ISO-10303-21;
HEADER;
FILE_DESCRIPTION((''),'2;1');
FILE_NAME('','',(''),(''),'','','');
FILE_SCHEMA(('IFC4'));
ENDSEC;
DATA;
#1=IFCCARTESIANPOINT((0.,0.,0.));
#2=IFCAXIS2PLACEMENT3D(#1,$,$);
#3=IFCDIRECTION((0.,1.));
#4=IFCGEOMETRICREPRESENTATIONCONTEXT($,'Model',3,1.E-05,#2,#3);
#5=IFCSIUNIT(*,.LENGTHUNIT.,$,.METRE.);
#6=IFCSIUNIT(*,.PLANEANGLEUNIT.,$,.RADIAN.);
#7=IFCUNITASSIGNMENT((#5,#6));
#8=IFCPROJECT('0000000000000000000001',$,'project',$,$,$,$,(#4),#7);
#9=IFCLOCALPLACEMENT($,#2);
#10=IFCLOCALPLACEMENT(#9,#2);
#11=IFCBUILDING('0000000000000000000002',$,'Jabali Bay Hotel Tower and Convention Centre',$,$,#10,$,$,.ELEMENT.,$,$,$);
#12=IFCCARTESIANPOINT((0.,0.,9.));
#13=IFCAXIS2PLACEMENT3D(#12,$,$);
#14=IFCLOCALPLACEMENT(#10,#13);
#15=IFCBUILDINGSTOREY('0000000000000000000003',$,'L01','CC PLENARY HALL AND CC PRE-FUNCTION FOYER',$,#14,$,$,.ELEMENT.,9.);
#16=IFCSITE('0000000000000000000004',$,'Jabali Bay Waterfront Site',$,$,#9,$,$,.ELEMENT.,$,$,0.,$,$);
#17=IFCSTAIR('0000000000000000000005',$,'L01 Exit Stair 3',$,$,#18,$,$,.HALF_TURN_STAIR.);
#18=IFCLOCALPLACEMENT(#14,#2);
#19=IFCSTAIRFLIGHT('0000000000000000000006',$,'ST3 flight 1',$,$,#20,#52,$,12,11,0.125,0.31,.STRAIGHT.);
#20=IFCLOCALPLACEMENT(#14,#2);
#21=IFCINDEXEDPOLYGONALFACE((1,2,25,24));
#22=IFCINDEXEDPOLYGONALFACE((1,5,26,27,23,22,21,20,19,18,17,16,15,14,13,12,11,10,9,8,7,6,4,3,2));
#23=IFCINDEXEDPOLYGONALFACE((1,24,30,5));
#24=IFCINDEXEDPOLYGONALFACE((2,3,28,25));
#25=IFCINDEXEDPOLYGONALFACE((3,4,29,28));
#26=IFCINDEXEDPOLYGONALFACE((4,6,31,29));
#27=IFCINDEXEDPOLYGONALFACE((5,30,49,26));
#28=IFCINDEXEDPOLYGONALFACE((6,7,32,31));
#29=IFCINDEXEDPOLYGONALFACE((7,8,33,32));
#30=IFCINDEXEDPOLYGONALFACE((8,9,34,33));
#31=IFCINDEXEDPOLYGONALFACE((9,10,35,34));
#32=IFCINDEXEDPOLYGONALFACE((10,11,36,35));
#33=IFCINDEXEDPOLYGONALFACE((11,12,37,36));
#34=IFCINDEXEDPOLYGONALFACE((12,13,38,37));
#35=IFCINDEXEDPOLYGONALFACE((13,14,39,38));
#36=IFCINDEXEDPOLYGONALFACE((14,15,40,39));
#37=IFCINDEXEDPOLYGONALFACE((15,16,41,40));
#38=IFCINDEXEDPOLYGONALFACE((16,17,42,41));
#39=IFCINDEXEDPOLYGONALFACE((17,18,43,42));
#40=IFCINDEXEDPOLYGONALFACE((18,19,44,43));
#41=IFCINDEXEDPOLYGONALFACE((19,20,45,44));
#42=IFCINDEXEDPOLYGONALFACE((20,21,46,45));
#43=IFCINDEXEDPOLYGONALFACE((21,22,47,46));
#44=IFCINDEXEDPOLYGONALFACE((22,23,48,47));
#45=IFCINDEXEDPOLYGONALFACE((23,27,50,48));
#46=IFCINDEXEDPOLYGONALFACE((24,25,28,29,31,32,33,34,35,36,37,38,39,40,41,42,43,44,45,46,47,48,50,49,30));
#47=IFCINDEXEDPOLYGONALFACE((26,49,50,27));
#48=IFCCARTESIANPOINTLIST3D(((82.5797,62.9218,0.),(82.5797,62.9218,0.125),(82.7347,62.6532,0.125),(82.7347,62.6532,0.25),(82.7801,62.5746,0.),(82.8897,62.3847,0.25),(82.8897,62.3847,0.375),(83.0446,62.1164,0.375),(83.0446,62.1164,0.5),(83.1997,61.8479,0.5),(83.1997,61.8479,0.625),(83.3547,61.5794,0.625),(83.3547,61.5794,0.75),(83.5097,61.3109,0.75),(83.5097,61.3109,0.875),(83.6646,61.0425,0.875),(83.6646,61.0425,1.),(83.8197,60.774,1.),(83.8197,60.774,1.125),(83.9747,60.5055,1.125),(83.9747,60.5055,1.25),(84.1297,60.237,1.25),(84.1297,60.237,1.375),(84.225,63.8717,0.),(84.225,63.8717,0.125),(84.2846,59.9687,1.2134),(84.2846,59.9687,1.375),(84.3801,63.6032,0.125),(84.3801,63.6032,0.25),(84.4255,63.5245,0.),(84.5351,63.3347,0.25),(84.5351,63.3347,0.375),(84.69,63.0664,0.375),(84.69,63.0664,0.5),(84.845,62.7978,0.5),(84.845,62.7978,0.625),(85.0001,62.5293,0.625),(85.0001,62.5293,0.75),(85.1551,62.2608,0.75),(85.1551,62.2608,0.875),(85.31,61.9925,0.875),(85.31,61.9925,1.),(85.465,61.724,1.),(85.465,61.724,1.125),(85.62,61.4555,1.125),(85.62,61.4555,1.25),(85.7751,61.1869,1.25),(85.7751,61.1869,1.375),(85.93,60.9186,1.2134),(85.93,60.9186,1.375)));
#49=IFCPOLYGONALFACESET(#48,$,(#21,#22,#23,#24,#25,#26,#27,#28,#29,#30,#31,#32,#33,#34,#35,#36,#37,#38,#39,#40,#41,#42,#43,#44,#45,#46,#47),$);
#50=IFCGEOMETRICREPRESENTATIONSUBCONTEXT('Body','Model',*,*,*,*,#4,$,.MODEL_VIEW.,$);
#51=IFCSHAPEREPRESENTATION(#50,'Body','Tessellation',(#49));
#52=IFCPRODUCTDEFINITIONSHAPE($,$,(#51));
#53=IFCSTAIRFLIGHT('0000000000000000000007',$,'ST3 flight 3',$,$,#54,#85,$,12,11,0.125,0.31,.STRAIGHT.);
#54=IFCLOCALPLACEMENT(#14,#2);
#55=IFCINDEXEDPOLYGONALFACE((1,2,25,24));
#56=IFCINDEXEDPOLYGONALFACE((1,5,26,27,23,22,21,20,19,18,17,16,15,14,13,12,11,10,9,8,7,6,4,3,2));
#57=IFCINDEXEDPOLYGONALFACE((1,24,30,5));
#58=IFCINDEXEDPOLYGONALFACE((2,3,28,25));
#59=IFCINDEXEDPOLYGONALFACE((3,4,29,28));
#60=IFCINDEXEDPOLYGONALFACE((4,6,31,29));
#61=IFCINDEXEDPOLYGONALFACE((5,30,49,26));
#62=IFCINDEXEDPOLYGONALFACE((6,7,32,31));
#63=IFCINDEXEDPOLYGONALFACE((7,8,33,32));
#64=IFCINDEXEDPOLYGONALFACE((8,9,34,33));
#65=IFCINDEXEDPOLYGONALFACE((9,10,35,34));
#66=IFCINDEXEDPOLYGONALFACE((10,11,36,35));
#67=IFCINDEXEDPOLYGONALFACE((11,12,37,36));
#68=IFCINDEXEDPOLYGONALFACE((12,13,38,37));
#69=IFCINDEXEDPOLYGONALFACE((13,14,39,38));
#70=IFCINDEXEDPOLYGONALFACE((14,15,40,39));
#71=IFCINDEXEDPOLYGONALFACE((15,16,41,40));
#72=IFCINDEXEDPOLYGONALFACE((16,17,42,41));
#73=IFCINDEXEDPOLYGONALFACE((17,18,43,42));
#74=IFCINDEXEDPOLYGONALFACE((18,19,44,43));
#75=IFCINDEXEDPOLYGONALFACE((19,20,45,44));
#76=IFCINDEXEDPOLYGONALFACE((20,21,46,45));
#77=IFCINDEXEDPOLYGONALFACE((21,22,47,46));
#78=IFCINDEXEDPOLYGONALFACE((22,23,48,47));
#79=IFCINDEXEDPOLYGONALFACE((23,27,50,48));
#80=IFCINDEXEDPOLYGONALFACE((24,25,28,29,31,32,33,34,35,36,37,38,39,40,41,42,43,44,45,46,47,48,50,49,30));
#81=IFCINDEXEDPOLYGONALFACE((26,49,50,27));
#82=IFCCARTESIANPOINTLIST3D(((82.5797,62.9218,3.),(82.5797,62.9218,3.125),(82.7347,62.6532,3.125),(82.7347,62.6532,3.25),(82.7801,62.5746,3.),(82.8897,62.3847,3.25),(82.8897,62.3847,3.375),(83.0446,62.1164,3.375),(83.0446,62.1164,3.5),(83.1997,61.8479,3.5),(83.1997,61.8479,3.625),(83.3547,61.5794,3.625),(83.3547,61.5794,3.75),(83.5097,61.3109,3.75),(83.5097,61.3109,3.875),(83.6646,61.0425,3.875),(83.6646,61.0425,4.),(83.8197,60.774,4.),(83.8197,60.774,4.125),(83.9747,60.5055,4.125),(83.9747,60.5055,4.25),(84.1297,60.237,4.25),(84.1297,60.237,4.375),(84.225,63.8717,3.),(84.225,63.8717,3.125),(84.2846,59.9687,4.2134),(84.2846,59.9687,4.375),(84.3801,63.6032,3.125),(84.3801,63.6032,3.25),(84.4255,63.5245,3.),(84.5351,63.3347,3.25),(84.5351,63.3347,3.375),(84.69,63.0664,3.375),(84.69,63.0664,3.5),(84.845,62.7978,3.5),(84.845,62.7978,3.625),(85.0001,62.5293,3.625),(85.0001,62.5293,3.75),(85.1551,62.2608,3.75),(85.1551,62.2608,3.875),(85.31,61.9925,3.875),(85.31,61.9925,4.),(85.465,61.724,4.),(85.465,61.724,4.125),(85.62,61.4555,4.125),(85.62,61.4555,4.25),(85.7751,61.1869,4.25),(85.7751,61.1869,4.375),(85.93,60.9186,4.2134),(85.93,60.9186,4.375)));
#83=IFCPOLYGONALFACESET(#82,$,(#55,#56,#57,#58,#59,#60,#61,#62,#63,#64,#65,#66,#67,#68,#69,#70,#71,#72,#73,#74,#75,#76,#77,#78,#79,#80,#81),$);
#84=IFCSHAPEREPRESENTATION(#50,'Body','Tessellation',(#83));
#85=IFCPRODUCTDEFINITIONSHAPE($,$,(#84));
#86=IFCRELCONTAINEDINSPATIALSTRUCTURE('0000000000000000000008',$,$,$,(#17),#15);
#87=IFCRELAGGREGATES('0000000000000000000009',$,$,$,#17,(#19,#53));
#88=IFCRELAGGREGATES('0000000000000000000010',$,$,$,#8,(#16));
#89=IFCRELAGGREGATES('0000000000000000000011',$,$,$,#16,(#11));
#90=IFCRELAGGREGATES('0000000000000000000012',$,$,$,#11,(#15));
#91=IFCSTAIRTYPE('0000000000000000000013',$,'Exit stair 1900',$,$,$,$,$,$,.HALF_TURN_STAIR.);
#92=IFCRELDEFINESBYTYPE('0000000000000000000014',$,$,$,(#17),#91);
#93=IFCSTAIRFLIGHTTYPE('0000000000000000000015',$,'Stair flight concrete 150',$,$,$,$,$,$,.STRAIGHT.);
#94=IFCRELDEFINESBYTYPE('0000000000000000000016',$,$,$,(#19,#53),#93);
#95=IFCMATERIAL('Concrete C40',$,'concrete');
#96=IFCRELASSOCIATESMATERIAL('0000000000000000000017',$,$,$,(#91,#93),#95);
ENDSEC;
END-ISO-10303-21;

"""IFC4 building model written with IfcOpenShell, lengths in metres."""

from ifc_helpers import new_model, si_unit, direction, frame, origin, place, context, subcontext, project, spatial, polyline, outline, extrude, material, type_object, element, aggregate, save


model = new_model("IFC4")

# Units and contexts
model_context = context("Model", 3, precision=1e-05, world=origin(), true_north=direction((0.0, 1.0)))
body_context = subcontext(model_context, "Body", "Model", "MODEL_VIEW")
ifc_project = project(units=[si_unit("LENGTHUNIT", "METRE"), si_unit("PLANEANGLEUNIT", "RADIAN")], contexts=[model_context])

# Site, building, storey
site_placement = place(None, origin())
site = spatial("IfcSite", under=ifc_project, at=site_placement, Name="Jabali Bay Waterfront Site", CompositionType="ELEMENT", RefElevation=0.0)
building_placement = place(site_placement, origin())
building = spatial("IfcBuilding", under=site, at=building_placement, Name="Jabali Bay Hotel Tower and Convention Centre", CompositionType="ELEMENT")
storey_placement = place(building_placement, frame((0.0, 0.0, 9.0)))
storey = spatial("IfcBuildingStorey", under=building, at=storey_placement, Name="L01", Description="CC PLENARY HALL AND CC PRE-FUNCTION FOYER", CompositionType="ELEMENT", Elevation=9.0)

# Shared definitions
ifc_material_1 = material(Name="Concrete C40", Category="concrete")

# Stair, stair flights
stair_type = type_object("IfcStairType", Name="Exit stair 1900", PredefinedType="HALF_TURN_STAIR", material=ifc_material_1)
stair_placement = place(storey_placement, origin())
stair = element("IfcStair", 1, at=stair_placement, inside=storey, type_object=stair_type, Name="L01 Exit Stair 3", PredefinedType="HALF_TURN_STAIR")
stair_flight_type = type_object("IfcStairFlightType", Name="Stair flight concrete 150", PredefinedType="STRAIGHT", material=ifc_material_1)
stair_flight_1_placement = place(storey_placement, frame((83.4023, 63.3967, 0.0), z_axis=(0.0, 0.0, 1.0), x_axis=(0.5, -0.866025, 0.0)))
stair_flight_1 = element("IfcStairFlight", 2, at=stair_flight_1_placement, type_object=stair_flight_type, Name="ST3 flight 1", NumberOfRisers=12, NumberOfTreads=11, PredefinedType="STRAIGHT", RiserHeight=0.125, TreadLength=0.31, context=body_context, shape_type="SweptSolid", body=[
    extrude(outline(polyline([(0.0, 0.0), (0.0, 0.125), (0.3101, 0.125), (0.3101, 0.25), (0.6201, 0.25), (0.6201, 0.375), (0.9299, 0.375), (0.9299, 0.5), (1.24, 0.5), (1.24, 0.625), (1.55, 0.625), (1.55, 0.75), (1.8601, 0.75), (1.8601, 0.875), (2.1699, 0.875), (2.1699, 1.0), (2.48, 1.0), (2.48, 1.125), (2.79, 1.125), (2.79, 1.25), (3.1001, 1.25), (3.1001, 1.375), (3.4099, 1.375), (3.4099, 1.5), (3.4099, 1.2134), (0.4009, 0.0), (0.0, 0.0)])), frame((0.0, 0.95, 0.0), z_axis=(0.0, -1.0, 0.0), x_axis=(1.0, 0.0, 0.0)), (0.0, 0.0, 1.0), 1.8999),
])
stair_flight_2_placement = place(storey_placement, frame((83.4023, 63.3967, 3.0), z_axis=(0.0, 0.0, 1.0), x_axis=(0.5, -0.866025, 0.0)))
stair_flight_2 = element("IfcStairFlight", 3, at=stair_flight_2_placement, type_object=stair_flight_type, Name="ST3 flight 3", NumberOfRisers=12, NumberOfTreads=11, PredefinedType="STRAIGHT", RiserHeight=0.125, TreadLength=0.31, context=body_context, shape_type="SweptSolid", body=[
    extrude(outline(polyline([(0.0, 0.0), (0.0, 0.125), (0.3101, 0.125), (0.3101, 0.25), (0.6201, 0.25), (0.6201, 0.375), (0.9299, 0.375), (0.9299, 0.5), (1.24, 0.5), (1.24, 0.625), (1.55, 0.625), (1.55, 0.75), (1.8601, 0.75), (1.8601, 0.875), (2.1699, 0.875), (2.1699, 1.0), (2.48, 1.0), (2.48, 1.125), (2.79, 1.125), (2.79, 1.25), (3.1001, 1.25), (3.1001, 1.375), (3.4099, 1.375), (3.4099, 1.5), (3.4099, 1.2134), (0.4009, 0.0), (0.0, 0.0)])), frame((0.0, 0.95, 0.0), z_axis=(0.0, -1.0, 0.0), x_axis=(1.0, 0.0, 0.0)), (0.0, 0.0, 1.0), 1.8999),
])
aggregate(stair, [stair_flight_1, stair_flight_2])

save(model, "model.ifc")
